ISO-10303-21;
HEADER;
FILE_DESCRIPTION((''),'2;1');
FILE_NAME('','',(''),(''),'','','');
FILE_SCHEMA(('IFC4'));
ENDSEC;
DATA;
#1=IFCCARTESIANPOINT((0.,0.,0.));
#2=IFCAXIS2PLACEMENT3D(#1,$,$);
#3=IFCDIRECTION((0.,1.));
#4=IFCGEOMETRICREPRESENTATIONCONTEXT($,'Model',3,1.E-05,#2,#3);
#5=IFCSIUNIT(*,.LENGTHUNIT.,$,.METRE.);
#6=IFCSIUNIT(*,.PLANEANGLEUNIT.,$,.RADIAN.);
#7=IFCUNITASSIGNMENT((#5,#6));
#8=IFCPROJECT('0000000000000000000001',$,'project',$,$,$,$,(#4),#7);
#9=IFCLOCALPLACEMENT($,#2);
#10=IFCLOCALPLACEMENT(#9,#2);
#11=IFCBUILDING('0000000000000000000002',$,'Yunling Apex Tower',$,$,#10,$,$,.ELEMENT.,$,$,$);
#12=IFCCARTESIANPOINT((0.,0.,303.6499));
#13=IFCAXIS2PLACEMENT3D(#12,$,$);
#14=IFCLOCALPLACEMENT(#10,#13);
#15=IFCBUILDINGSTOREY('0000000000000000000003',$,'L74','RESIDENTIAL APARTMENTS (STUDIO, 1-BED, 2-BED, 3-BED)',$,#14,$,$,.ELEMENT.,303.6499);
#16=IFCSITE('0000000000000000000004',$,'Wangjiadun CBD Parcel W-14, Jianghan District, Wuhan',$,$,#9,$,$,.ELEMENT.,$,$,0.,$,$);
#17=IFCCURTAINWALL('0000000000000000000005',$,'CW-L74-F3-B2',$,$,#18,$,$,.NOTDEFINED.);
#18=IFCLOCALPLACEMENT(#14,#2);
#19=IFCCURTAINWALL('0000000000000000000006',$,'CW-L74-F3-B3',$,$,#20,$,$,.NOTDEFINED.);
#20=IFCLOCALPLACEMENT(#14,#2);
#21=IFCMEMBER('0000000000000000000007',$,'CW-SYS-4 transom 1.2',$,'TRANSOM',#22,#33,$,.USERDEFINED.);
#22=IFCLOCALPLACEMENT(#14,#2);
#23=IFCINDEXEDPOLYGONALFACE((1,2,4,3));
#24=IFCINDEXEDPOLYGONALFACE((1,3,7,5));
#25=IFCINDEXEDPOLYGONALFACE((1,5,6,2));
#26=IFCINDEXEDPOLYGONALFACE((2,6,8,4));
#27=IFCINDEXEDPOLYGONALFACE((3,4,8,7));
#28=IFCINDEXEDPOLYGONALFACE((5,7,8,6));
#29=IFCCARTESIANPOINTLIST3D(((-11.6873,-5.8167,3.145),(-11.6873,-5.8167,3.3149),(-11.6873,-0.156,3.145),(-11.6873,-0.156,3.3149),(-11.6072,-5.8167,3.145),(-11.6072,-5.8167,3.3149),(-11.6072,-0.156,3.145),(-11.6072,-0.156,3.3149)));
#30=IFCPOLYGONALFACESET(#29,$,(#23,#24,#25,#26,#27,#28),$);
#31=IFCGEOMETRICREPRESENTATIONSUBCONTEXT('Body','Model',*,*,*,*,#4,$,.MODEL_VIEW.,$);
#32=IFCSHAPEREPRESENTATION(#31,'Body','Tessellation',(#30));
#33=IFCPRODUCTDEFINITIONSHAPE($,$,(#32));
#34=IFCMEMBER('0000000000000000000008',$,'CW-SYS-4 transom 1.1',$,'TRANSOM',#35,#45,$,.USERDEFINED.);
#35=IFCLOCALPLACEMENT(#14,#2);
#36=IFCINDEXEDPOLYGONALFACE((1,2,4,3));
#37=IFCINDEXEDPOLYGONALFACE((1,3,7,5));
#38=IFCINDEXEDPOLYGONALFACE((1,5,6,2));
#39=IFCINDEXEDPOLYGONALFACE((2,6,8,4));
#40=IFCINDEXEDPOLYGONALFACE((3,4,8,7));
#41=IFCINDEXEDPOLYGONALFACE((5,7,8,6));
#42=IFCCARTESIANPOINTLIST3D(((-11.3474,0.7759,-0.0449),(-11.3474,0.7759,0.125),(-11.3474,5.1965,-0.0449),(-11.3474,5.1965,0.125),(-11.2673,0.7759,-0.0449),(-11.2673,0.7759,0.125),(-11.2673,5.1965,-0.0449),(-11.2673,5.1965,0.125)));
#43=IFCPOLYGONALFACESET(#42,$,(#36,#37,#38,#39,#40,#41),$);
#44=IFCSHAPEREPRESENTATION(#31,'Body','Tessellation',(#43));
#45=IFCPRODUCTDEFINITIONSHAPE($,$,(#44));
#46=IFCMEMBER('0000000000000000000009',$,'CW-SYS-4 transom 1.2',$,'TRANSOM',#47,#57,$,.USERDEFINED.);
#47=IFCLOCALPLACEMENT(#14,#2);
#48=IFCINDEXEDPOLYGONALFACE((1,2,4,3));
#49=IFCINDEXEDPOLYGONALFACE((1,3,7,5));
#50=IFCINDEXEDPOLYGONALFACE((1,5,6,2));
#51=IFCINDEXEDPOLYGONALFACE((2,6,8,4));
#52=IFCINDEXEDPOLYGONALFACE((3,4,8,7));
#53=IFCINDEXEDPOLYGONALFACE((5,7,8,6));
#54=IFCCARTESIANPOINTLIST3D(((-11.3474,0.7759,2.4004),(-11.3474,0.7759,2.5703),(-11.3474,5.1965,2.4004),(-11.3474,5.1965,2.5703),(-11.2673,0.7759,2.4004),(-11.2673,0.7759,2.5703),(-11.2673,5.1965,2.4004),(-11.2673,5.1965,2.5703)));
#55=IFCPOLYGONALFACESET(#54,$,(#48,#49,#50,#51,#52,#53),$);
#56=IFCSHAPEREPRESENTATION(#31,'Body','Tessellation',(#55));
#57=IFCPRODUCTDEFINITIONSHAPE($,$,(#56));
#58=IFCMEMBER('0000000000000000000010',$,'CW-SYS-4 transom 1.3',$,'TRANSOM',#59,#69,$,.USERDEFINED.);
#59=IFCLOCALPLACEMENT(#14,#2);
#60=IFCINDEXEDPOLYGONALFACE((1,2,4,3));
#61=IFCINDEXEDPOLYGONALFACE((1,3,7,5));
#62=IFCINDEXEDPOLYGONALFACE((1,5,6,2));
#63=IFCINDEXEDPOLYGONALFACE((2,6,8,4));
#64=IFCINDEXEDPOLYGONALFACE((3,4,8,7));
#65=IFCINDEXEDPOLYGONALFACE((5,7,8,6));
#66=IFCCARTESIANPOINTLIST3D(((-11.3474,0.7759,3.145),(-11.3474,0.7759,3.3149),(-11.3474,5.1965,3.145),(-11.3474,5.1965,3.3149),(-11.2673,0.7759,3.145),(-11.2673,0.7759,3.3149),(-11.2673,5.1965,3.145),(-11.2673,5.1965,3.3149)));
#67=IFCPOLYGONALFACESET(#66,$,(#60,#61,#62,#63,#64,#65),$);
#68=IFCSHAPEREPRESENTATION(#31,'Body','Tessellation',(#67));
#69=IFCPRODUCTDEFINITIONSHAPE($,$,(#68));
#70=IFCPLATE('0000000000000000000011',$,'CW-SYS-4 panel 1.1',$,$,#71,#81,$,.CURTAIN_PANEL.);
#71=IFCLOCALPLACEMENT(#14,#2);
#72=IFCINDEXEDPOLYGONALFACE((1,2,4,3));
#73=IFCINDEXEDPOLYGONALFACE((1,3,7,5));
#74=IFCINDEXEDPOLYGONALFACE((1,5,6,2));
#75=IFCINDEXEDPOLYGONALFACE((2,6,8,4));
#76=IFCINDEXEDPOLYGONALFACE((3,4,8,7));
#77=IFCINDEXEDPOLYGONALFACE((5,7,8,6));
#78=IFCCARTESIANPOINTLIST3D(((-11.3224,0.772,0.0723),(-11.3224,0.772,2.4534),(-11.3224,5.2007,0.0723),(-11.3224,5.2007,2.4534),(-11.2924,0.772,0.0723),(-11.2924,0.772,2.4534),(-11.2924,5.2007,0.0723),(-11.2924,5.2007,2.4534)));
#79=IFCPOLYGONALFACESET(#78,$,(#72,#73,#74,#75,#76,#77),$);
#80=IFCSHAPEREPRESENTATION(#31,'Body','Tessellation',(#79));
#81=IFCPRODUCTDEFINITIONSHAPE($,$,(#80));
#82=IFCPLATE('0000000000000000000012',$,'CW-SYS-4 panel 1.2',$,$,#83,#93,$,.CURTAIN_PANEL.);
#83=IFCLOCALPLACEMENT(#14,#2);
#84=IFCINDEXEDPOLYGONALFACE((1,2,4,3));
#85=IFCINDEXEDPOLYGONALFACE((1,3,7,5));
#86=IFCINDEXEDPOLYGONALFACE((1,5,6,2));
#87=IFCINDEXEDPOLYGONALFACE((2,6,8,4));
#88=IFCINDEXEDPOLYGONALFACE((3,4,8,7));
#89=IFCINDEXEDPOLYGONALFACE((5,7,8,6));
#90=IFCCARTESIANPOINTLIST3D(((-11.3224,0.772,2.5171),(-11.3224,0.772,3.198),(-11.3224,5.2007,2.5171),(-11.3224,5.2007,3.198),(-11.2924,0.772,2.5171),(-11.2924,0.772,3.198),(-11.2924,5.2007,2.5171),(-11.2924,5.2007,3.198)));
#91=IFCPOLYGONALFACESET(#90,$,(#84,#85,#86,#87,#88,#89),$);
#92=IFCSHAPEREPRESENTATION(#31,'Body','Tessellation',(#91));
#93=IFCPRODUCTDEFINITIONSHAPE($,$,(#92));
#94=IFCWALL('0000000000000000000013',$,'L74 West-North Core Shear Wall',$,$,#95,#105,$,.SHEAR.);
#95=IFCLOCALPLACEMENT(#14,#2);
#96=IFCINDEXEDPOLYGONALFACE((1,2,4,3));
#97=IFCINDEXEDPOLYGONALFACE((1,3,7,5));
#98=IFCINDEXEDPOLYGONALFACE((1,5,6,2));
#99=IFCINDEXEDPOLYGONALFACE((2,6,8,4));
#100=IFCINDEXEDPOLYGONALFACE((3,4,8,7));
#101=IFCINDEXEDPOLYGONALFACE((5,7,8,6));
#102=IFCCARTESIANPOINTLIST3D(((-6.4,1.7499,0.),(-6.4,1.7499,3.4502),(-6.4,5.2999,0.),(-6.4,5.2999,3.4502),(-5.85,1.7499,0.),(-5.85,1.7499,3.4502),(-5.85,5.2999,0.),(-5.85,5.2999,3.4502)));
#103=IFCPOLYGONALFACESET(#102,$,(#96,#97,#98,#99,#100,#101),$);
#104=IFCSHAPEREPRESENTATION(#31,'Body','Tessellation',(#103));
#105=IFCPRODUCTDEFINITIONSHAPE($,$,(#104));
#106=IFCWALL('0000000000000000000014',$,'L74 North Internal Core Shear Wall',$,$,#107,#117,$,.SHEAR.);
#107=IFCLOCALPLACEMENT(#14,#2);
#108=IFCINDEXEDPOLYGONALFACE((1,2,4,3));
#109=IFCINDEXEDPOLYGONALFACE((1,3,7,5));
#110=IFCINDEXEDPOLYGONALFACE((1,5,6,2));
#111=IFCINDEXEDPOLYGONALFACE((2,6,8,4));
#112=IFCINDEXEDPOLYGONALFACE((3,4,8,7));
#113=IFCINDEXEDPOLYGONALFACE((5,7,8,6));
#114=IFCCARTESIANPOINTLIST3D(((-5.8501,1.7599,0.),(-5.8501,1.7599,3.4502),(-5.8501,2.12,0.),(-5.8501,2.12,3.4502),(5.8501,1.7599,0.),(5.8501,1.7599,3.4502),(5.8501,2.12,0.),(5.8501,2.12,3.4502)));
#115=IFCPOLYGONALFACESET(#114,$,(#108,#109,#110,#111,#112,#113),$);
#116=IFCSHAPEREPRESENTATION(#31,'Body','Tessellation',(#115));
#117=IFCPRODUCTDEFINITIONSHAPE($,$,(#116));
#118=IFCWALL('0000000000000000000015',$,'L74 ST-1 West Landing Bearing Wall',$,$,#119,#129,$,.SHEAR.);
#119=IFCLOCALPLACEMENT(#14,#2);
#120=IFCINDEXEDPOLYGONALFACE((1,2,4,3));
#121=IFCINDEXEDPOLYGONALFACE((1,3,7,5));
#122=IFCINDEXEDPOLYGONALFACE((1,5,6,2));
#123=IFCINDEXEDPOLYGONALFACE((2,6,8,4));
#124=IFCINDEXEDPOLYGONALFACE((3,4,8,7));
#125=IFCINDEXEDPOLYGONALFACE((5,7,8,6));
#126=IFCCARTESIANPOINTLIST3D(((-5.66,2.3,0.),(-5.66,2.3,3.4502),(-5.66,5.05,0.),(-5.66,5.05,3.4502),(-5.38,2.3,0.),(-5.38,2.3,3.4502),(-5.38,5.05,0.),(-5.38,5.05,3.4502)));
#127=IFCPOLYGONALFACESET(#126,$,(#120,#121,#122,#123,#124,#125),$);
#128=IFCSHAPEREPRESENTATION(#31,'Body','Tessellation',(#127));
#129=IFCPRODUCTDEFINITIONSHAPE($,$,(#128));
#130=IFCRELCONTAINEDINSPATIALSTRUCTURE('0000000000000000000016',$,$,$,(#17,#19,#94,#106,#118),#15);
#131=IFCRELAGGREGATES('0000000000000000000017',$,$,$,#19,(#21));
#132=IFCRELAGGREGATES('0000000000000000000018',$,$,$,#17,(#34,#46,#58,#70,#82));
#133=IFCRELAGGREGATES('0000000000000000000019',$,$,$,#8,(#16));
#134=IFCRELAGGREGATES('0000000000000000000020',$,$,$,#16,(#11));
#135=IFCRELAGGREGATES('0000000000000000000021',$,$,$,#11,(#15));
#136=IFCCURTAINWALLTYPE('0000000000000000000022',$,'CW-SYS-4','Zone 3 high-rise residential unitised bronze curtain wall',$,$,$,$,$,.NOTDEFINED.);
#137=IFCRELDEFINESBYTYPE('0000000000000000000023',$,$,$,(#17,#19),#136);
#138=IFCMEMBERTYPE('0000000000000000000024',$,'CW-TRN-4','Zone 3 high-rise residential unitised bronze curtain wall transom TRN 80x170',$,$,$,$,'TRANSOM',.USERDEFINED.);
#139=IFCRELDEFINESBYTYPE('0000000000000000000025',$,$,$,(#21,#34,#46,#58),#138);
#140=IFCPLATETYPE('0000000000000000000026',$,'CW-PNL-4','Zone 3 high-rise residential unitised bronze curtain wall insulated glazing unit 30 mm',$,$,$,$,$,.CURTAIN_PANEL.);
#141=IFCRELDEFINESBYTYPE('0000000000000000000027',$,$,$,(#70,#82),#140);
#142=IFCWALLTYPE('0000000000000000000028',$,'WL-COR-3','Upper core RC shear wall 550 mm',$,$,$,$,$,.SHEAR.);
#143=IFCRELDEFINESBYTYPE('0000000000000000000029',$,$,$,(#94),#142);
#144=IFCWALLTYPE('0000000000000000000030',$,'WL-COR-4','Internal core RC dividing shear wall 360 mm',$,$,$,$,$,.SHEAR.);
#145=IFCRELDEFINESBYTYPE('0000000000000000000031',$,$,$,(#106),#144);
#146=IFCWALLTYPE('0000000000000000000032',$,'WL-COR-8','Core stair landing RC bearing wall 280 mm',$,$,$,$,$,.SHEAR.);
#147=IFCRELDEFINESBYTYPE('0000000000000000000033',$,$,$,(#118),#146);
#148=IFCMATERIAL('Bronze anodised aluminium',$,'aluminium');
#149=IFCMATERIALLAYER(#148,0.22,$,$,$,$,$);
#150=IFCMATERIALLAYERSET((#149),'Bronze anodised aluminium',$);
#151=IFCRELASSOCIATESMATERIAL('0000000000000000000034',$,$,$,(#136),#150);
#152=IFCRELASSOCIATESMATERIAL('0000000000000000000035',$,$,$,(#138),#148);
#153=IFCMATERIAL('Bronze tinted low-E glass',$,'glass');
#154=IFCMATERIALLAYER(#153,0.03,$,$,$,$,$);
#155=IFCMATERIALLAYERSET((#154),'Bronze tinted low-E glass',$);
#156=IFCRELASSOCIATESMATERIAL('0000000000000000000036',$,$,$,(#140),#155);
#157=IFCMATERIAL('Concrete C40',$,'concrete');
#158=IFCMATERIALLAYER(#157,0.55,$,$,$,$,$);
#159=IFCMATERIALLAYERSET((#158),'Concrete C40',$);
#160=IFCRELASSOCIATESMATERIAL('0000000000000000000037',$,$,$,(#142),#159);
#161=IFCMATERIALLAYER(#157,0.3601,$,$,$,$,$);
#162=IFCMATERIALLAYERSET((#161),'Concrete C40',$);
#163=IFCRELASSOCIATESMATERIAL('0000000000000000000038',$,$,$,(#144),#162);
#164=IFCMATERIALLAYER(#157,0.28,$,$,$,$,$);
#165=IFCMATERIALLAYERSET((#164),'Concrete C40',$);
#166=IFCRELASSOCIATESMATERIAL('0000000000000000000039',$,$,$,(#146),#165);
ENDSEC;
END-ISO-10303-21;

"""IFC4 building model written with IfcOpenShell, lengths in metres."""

from ifc_helpers import new_model, si_unit, direction, frame, frame_2d, origin, origin_2d, place, context, subcontext, project, spatial, rectangle, extrude, source, transform, mapped, material, layer, layer_set, material_profile, profile_set, type_object, element, aggregate, save


model = new_model("IFC4")

# Units and contexts
model_context = context("Model", 3, precision=1e-05, world=origin(), true_north=direction((0.0, 1.0)))
body_context = subcontext(model_context, "Body", "Model", "MODEL_VIEW")
ifc_project = project(units=[si_unit("LENGTHUNIT", "METRE"), si_unit("PLANEANGLEUNIT", "RADIAN")], contexts=[model_context])

# Site, building, storey
site_placement = place(None, origin())
site = spatial("IfcSite", under=ifc_project, at=site_placement, Name="Wangjiadun CBD Parcel W-14, Jianghan District, Wuhan", CompositionType="ELEMENT", RefElevation=0.0)
building_placement = place(site_placement, origin())
building = spatial("IfcBuilding", under=site, at=building_placement, Name="Yunling Apex Tower", CompositionType="ELEMENT")
storey_placement = place(building_placement, frame((0.0, 0.0, 303.6499)))
storey = spatial("IfcBuildingStorey", under=building, at=storey_placement, Name="L74", Description="RESIDENTIAL APARTMENTS (STUDIO, 1-BED, 2-BED, 3-BED)", CompositionType="ELEMENT", Elevation=303.6499)

# Curtain wall
ifc_material_1 = material(Name="Bronze anodised aluminium", Category="aluminium")
ifc_layer_1 = layer(ifc_material_1, 0.22)
ifc_layer_set_1 = layer_set([ifc_layer_1], Name="Bronze anodised aluminium")
curtain_wall_type = type_object("IfcCurtainWallType", Name="CW-SYS-4", Description="Zone 3 high-rise residential unitised bronze curtain wall", PredefinedType="NOTDEFINED", material=ifc_layer_set_1)
curtain_wall_1_placement = place(storey_placement, origin())
curtain_wall_1 = element("IfcCurtainWall", 1, at=curtain_wall_1_placement, inside=storey, type_object=curtain_wall_type, Name="CW-L74-F3-B2", PredefinedType="NOTDEFINED")

# Curtain wall, member
curtain_wall_2_placement = place(storey_placement, origin())
curtain_wall_2 = element("IfcCurtainWall", 2, at=curtain_wall_2_placement, inside=storey, type_object=curtain_wall_type, Name="CW-L74-F3-B3", PredefinedType="NOTDEFINED")
ifc_material_profile_1 = material_profile(ifc_material_1, rectangle(XDim=0.0801, YDim=0.1699, at=origin_2d()))
ifc_profile_set_1 = profile_set([ifc_material_profile_1], Name="Bronze anodised aluminium")
member_type_1 = type_object("IfcMemberType", Name="CW-TRN-4", Description="Zone 3 high-rise residential unitised bronze curtain wall transom TRN 80x170", ElementType="TRANSOM", PredefinedType="USERDEFINED", material=ifc_profile_set_1)
shared_shape_1 = source(origin(), body_context, "Body", "SweptSolid", [
    extrude(rectangle(XDim=0.0801, YDim=0.1699, at=origin_2d()), origin(), (0.0, 0.0, 1.0), 5.6606),
])
member_1_placement = place(storey_placement, frame((-11.6472, -0.156, 3.23), z_axis=(0.0, -1.0, 0.0), x_axis=(1.0, 0.0, 0.0)))
member_1 = element("IfcMember", 3, at=member_1_placement, type_object=member_type_1, Name="CW-SYS-4 transom 1.2", ObjectType="TRANSOM", PredefinedType="USERDEFINED", context=body_context, shape_type="MappedRepresentation", body=[
    mapped(shared_shape_1, transform((0.0, 0.0, 0.0), scale=1.0)),
])
aggregate(curtain_wall_2, [member_1])

# Members
shared_shape_2 = source(origin(), body_context, "Body", "SweptSolid", [
    extrude(rectangle(XDim=0.0801, YDim=0.1699, at=origin_2d()), origin(), (0.0, 0.0, 1.0), 4.4207),
])
member_2_placement = place(storey_placement, frame((-11.3074, 5.1965, 0.04), z_axis=(0.0, -1.0, 0.0), x_axis=(1.0, 0.0, 0.0)))
member_2 = element("IfcMember", 4, at=member_2_placement, type_object=member_type_1, Name="CW-SYS-4 transom 1.1", ObjectType="TRANSOM", PredefinedType="USERDEFINED", context=body_context, shape_type="MappedRepresentation", body=[
    mapped(shared_shape_2, transform((0.0, 0.0, 0.0), scale=1.0)),
])
member_3_placement = place(storey_placement, frame((-11.3074, 5.1965, 2.4854), z_axis=(0.0, -1.0, 0.0), x_axis=(1.0, 0.0, 0.0)))
member_3 = element("IfcMember", 5, at=member_3_placement, type_object=member_type_1, Name="CW-SYS-4 transom 1.2", ObjectType="TRANSOM", PredefinedType="USERDEFINED", context=body_context, shape_type="MappedRepresentation", body=[
    mapped(shared_shape_2, transform((0.0, 0.0, 0.0), scale=1.0)),
])
member_4_placement = place(storey_placement, frame((-11.3074, 5.1965, 3.23), z_axis=(0.0, -1.0, 0.0), x_axis=(1.0, 0.0, 0.0)))
member_4 = element("IfcMember", 6, at=member_4_placement, type_object=member_type_1, Name="CW-SYS-4 transom 1.3", ObjectType="TRANSOM", PredefinedType="USERDEFINED", context=body_context, shape_type="MappedRepresentation", body=[
    mapped(shared_shape_2, transform((0.0, 0.0, 0.0), scale=1.0)),
])

# Plates
ifc_material_2 = material(Name="Bronze tinted low-E glass", Category="glass")
ifc_layer_2 = layer(ifc_material_2, 0.03)
ifc_layer_set_2 = layer_set([ifc_layer_2], Name="Bronze tinted low-E glass")
plate_type = type_object("IfcPlateType", Name="CW-PNL-4", Description="Zone 3 high-rise residential unitised bronze curtain wall insulated glazing unit 30 mm", PredefinedType="CURTAIN_PANEL", material=ifc_layer_set_2)
shared_shape_3 = source(origin(), body_context, "Body", "SweptSolid", [
    extrude(rectangle(XDim=4.4287, YDim=0.03, at=origin_2d()), origin(), (0.0, 0.0, 1.0), 2.3811),
])
plate_1_placement = place(storey_placement, frame((-11.3074, 2.9863, 0.0723), z_axis=(0.0, 0.0, 1.0), x_axis=(0.0, -1.0, 0.0)))
plate_1 = element("IfcPlate", 7, at=plate_1_placement, type_object=plate_type, Name="CW-SYS-4 panel 1.1", PredefinedType="CURTAIN_PANEL", context=body_context, shape_type="MappedRepresentation", body=[
    mapped(shared_shape_3, transform((0.0, 0.0, 0.0), scale=1.0)),
])
shared_shape_4 = source(origin(), body_context, "Body", "SweptSolid", [
    extrude(rectangle(XDim=4.4287, YDim=0.03, at=origin_2d()), origin(), (0.0, 0.0, 1.0), 0.6809),
])
plate_2_placement = place(storey_placement, frame((-11.3074, 2.9863, 2.5171), z_axis=(0.0, 0.0, 1.0), x_axis=(0.0, -1.0, 0.0)))
plate_2 = element("IfcPlate", 8, at=plate_2_placement, type_object=plate_type, Name="CW-SYS-4 panel 1.2", PredefinedType="CURTAIN_PANEL", context=body_context, shape_type="MappedRepresentation", body=[
    mapped(shared_shape_4, transform((0.0, 0.0, 0.0), scale=1.0)),
])
aggregate(curtain_wall_1, [member_2, member_3, member_4, plate_1, plate_2])

# Walls
ifc_material_3 = material(Name="Concrete C40", Category="concrete")
ifc_layer_3 = layer(ifc_material_3, 0.55)
ifc_layer_set_3 = layer_set([ifc_layer_3], Name="Concrete C40")
wall_type_1 = type_object("IfcWallType", Name="WL-COR-3", Description="Upper core RC shear wall 550 mm", PredefinedType="SHEAR", material=ifc_layer_set_3)
wall_1_placement = place(storey_placement, frame((-6.125, 1.75, 0.0), z_axis=(0.0, 0.0, 1.0), x_axis=(0.0, 1.0, 0.0)))
element("IfcWall", 9, at=wall_1_placement, inside=storey, type_object=wall_type_1, Name="L74 West-North Core Shear Wall", PredefinedType="SHEAR", context=body_context, shape_type="SweptSolid", body=[
    extrude(rectangle(XDim=3.55, YDim=0.55, at=frame_2d((1.7749, 0.0))), origin(), (0.0, 0.0, 1.0), 3.4502),
])
ifc_layer_4 = layer(ifc_material_3, 0.3601)
ifc_layer_set_4 = layer_set([ifc_layer_4], Name="Concrete C40")
wall_type_2 = type_object("IfcWallType", Name="WL-COR-4", Description="Internal core RC dividing shear wall 360 mm", PredefinedType="SHEAR", material=ifc_layer_set_4)
wall_2_placement = place(storey_placement, frame((-5.8501, 1.9399, 0.0), z_axis=(0.0, 0.0, 1.0), x_axis=(1.0, 0.0, 0.0)))
element("IfcWall", 10, at=wall_2_placement, inside=storey, type_object=wall_type_2, Name="L74 North Internal Core Shear Wall", PredefinedType="SHEAR", context=body_context, shape_type="SweptSolid", body=[
    extrude(rectangle(XDim=11.7002, YDim=0.3601, at=frame_2d((5.8501, 0.0))), origin(), (0.0, 0.0, 1.0), 3.4502),
])
ifc_layer_5 = layer(ifc_material_3, 0.28)
ifc_layer_set_5 = layer_set([ifc_layer_5], Name="Concrete C40")
wall_type_3 = type_object("IfcWallType", Name="WL-COR-8", Description="Core stair landing RC bearing wall 280 mm", PredefinedType="SHEAR", material=ifc_layer_set_5)
wall_3_placement = place(storey_placement, frame((-5.52, 2.3, 0.0), z_axis=(0.0, 0.0, 1.0), x_axis=(0.0, 1.0, 0.0)))
element("IfcWall", 11, at=wall_3_placement, inside=storey, type_object=wall_type_3, Name="L74 ST-1 West Landing Bearing Wall", PredefinedType="SHEAR", context=body_context, shape_type="SweptSolid", body=[
    extrude(rectangle(XDim=2.75, YDim=0.28, at=frame_2d((1.375, 0.0))), origin(), (0.0, 0.0, 1.0), 3.4502),
])

save(model, "model.ifc")
